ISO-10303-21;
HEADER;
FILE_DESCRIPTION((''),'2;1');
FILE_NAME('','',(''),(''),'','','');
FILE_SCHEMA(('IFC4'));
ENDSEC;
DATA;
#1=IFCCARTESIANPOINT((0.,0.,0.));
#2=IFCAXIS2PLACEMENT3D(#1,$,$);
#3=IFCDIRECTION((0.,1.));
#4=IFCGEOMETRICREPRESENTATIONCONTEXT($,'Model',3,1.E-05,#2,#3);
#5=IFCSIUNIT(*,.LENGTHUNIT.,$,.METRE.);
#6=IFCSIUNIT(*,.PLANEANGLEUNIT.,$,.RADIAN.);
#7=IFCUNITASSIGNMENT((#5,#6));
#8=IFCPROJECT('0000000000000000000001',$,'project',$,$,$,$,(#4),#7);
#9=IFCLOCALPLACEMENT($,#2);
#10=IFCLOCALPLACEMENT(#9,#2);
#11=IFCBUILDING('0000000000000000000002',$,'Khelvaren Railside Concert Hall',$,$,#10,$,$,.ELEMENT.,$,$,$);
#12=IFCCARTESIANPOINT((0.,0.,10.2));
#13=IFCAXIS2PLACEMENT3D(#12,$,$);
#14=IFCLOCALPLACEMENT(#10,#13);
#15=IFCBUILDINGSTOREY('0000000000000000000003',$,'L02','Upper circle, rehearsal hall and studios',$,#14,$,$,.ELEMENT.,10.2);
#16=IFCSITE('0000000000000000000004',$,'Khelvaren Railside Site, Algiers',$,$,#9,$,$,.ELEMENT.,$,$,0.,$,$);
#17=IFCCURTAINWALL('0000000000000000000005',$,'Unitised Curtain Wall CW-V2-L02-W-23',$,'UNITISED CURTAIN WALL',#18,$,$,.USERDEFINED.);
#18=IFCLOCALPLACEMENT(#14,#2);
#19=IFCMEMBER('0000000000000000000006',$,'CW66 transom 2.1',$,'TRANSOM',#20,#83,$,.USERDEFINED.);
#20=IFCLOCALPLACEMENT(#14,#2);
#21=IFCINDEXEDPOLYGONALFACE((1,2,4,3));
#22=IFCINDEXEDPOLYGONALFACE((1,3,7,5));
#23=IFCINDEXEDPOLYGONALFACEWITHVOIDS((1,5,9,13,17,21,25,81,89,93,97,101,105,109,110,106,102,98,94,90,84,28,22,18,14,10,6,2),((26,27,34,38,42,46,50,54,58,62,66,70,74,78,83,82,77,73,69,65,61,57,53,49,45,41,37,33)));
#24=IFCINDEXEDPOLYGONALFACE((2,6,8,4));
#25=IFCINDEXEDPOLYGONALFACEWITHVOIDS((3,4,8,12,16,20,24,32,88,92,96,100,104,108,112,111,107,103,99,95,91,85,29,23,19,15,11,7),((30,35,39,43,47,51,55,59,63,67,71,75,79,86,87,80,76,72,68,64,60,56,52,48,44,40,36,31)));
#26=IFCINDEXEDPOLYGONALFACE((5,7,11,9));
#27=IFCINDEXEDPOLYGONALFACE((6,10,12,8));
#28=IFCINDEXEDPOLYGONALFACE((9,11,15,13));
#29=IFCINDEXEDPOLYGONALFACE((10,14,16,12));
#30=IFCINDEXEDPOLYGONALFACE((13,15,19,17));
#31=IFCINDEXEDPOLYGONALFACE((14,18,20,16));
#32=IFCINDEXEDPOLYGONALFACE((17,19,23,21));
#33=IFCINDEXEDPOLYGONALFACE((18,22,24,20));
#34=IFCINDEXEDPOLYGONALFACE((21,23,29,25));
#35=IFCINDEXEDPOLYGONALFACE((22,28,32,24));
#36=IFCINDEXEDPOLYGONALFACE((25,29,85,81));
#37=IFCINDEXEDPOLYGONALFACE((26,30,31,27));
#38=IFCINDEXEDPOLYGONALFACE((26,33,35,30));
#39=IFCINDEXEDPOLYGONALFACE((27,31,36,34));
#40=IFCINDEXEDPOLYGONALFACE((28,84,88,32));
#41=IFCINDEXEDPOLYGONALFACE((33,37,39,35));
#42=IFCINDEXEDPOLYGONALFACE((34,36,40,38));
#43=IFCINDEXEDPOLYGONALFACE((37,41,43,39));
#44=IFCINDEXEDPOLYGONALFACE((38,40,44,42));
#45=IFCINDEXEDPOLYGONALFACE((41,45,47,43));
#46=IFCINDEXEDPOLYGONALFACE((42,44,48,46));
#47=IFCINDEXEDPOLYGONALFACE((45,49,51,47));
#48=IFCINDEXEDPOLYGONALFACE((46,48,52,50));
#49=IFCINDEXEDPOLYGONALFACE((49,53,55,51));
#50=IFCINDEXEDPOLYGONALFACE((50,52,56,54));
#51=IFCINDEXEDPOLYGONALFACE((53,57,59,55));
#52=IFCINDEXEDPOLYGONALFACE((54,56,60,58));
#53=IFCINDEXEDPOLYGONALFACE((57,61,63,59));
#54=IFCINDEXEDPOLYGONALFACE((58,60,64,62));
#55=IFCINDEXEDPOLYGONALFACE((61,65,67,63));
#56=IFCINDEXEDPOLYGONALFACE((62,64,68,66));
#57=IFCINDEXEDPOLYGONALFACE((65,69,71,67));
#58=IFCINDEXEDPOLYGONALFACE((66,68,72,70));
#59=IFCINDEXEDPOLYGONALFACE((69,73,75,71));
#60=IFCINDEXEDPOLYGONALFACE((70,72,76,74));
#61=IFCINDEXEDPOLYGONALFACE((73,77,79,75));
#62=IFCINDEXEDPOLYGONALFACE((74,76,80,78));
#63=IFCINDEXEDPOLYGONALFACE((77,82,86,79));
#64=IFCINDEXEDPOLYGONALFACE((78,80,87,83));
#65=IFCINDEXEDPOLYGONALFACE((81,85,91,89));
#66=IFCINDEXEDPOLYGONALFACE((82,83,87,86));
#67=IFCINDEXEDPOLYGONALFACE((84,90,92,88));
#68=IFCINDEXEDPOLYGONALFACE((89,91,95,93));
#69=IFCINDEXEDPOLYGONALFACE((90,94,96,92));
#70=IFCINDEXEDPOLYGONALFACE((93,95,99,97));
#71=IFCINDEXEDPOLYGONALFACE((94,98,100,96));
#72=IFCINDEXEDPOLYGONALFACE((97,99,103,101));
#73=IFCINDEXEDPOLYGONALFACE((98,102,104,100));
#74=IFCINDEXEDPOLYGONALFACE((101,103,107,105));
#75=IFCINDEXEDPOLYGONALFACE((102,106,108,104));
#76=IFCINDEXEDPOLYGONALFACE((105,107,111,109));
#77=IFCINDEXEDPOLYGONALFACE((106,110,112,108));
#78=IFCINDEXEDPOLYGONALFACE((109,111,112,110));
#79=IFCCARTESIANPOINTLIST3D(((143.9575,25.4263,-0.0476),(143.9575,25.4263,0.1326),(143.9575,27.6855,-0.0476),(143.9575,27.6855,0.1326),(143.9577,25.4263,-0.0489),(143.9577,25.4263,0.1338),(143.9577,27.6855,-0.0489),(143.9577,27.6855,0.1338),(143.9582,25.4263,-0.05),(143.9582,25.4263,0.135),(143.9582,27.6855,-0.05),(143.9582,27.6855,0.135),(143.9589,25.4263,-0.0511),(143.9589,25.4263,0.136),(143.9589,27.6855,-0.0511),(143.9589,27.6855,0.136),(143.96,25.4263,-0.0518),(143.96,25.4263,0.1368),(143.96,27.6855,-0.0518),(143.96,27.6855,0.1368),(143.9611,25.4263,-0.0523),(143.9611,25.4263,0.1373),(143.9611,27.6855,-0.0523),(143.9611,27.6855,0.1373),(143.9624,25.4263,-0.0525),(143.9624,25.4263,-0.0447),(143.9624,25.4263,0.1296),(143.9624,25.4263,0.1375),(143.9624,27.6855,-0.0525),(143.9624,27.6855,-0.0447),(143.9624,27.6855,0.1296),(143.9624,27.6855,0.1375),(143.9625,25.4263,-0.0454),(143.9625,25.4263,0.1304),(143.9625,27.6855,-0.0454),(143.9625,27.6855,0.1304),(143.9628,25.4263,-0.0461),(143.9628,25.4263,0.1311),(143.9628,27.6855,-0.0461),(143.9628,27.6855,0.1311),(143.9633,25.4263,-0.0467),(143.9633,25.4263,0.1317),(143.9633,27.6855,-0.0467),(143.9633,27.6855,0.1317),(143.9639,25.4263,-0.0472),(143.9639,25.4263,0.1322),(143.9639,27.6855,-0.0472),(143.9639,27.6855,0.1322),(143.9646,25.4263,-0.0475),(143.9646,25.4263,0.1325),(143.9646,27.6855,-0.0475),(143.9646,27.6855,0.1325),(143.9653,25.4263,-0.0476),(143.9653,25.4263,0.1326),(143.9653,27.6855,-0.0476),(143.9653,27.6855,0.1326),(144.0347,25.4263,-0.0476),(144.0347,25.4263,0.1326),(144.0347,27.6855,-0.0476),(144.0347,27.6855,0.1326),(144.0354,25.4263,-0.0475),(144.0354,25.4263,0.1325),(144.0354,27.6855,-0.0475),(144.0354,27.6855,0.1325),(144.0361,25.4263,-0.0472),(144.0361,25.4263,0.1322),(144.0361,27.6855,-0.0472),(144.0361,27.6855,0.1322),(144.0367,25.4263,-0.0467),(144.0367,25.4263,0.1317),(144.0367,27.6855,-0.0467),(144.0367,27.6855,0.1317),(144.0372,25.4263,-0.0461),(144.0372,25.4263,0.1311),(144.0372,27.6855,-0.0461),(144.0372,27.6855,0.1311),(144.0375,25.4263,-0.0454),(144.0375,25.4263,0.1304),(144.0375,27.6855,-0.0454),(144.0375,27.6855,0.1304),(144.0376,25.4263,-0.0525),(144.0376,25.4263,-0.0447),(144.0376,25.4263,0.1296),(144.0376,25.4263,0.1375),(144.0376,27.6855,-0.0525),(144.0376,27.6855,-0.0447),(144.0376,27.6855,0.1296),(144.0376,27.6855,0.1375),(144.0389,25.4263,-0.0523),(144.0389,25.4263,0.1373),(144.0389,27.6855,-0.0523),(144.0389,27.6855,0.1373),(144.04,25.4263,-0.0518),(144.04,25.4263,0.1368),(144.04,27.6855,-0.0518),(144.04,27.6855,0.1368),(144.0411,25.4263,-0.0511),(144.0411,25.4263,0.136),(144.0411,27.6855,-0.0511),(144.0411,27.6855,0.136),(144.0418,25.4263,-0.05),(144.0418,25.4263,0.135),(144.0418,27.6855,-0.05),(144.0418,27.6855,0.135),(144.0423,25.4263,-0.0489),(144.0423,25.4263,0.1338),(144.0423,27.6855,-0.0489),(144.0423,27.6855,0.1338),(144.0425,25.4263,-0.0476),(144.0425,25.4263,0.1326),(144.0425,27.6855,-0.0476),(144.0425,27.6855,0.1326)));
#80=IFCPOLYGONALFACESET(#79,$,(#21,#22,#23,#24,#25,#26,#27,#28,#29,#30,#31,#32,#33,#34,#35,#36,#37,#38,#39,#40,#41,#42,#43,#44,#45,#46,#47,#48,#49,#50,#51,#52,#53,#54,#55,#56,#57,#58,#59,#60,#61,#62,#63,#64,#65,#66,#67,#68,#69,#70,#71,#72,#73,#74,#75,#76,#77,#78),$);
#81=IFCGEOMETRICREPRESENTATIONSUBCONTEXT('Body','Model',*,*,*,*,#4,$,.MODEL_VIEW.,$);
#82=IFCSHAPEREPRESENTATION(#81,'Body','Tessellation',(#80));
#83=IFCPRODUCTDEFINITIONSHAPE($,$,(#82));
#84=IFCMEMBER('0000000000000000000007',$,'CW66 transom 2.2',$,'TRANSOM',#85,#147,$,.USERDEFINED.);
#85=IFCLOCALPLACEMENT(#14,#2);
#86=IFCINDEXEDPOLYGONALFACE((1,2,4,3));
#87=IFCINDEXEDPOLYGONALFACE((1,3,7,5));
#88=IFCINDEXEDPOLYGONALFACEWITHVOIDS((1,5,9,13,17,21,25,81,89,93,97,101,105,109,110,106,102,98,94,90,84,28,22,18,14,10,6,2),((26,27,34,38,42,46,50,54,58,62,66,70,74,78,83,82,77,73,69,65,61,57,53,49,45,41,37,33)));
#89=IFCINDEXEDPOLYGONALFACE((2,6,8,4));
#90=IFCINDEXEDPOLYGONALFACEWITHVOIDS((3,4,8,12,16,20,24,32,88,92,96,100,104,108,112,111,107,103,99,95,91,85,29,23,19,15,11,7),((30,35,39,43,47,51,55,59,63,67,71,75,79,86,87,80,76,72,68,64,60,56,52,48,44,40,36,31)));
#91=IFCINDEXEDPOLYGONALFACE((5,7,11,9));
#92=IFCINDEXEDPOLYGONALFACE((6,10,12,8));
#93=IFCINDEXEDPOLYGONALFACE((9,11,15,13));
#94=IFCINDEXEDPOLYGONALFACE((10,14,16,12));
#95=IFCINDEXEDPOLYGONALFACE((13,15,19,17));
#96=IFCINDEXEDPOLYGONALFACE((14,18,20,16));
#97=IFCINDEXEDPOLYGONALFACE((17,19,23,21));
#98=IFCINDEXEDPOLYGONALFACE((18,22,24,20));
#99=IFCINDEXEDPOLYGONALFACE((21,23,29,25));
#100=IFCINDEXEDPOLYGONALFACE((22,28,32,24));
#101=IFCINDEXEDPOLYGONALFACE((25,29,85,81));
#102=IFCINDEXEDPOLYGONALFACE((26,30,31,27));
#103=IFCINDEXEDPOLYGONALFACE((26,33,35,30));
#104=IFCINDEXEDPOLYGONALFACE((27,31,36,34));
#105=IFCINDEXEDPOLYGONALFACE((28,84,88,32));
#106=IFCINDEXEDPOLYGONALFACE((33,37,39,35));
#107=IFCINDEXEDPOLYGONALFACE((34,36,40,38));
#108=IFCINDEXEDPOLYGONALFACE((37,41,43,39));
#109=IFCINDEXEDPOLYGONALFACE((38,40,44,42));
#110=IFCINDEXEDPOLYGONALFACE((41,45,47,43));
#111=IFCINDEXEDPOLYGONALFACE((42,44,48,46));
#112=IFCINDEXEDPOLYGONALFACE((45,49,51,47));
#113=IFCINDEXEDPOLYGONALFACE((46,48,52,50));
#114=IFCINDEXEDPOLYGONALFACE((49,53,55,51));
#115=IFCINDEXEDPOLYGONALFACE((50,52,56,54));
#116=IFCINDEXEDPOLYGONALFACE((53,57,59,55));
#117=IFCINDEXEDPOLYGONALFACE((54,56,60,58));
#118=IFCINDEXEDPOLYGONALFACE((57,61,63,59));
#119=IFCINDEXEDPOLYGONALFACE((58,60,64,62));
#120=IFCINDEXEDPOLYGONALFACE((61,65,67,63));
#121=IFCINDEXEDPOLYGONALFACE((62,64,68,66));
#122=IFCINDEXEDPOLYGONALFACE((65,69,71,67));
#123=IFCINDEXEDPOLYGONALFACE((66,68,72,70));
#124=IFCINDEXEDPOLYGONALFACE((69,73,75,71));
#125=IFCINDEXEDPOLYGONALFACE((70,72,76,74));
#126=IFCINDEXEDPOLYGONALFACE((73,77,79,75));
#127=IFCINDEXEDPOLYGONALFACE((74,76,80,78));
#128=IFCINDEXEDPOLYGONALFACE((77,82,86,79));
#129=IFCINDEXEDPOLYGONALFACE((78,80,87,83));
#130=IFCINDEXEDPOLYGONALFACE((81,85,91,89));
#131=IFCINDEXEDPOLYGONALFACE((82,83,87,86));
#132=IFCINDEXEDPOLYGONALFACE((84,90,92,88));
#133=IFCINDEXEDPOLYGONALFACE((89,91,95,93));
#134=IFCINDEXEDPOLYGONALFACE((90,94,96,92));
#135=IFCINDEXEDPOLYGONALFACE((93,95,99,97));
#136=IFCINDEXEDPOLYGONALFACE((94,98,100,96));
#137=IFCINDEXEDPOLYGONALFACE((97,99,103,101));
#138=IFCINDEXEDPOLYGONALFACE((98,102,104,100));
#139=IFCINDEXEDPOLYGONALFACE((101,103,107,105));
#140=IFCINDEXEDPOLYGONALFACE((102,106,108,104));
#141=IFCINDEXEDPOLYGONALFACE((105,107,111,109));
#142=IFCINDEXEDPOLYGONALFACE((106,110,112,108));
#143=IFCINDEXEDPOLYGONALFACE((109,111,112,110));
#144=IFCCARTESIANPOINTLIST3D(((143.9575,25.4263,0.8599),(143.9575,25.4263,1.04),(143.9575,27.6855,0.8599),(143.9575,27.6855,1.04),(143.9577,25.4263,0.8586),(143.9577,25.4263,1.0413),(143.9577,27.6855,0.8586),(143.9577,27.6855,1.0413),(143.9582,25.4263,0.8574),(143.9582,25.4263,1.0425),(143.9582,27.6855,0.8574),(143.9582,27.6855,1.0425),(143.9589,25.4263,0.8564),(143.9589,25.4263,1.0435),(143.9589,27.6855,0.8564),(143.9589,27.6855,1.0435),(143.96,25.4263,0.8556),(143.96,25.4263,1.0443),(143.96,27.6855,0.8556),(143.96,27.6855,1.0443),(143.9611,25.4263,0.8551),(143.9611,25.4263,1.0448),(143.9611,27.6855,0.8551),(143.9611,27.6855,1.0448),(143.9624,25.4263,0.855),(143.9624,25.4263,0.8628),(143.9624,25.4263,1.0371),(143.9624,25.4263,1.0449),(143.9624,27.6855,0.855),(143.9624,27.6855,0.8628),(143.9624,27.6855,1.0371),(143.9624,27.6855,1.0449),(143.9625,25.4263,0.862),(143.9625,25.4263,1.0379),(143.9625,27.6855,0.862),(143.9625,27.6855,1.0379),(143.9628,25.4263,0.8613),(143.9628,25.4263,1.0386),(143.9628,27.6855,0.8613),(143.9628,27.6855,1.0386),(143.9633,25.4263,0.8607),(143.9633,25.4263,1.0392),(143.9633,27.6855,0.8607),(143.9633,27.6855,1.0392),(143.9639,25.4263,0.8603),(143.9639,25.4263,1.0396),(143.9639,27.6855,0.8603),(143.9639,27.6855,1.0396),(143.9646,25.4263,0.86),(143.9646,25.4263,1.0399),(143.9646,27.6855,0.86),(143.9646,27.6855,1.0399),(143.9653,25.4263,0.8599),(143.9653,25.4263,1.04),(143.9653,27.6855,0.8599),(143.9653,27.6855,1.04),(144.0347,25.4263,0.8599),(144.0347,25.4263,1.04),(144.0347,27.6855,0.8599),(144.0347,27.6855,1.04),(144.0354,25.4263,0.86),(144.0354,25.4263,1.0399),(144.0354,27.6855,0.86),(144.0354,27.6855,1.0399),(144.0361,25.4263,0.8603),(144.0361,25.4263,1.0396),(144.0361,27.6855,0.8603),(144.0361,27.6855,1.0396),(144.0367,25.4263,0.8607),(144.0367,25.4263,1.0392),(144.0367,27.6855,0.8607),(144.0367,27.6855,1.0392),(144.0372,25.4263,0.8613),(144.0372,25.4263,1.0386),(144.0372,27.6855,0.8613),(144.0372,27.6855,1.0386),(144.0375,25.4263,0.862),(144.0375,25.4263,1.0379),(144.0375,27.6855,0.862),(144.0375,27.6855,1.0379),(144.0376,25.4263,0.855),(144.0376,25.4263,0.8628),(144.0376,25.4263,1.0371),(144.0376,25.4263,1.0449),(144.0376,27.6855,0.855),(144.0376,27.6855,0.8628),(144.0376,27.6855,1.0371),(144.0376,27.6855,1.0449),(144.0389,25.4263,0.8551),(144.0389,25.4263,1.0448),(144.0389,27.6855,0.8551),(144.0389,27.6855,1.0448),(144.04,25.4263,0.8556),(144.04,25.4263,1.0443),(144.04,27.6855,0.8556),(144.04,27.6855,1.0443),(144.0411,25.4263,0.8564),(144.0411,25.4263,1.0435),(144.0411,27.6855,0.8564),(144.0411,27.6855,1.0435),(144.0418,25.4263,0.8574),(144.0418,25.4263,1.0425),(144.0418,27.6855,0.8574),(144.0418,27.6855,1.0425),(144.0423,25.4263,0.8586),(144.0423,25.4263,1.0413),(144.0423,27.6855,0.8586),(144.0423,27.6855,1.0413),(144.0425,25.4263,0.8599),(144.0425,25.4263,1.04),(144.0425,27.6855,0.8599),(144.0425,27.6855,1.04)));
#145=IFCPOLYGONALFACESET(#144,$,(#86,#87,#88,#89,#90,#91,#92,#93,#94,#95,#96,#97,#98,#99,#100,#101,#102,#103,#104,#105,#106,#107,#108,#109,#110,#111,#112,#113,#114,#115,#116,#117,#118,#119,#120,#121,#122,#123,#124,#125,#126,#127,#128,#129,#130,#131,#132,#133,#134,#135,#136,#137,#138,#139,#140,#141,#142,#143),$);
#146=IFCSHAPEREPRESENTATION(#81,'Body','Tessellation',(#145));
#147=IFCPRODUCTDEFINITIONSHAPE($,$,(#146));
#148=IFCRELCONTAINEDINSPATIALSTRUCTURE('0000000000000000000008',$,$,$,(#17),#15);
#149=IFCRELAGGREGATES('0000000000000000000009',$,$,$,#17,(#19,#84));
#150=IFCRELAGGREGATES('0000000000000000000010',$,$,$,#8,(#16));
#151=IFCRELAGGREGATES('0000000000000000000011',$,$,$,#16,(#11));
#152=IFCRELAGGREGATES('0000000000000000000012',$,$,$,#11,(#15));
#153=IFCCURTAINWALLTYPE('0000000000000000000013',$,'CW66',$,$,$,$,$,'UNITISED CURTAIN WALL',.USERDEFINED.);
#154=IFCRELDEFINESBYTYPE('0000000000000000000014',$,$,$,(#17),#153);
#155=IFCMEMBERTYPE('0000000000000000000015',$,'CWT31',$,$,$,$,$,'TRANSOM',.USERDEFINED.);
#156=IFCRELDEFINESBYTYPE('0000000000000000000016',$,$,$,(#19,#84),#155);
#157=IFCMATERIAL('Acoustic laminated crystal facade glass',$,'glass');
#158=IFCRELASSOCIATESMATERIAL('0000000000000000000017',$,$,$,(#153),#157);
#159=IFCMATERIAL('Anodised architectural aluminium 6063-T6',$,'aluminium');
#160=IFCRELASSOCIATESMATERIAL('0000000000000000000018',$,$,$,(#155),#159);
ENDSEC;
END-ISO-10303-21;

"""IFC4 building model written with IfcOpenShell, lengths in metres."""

from ifc_helpers import new_model, si_unit, direction, frame, origin, origin_2d, place, context, subcontext, project, spatial, hollow_rectangle, extrude, material, material_profile, profile_set, type_object, element, aggregate, save


model = new_model("IFC4")

# Units and contexts
model_context = context("Model", 3, precision=1e-05, world=origin(), true_north=direction((0.0, 1.0)))
body_context = subcontext(model_context, "Body", "Model", "MODEL_VIEW")
ifc_project = project(units=[si_unit("LENGTHUNIT", "METRE"), si_unit("PLANEANGLEUNIT", "RADIAN")], contexts=[model_context])

# Site, building, storey
site_placement = place(None, origin())
site = spatial("IfcSite", under=ifc_project, at=site_placement, Name="Khelvaren Railside Site, Algiers", CompositionType="ELEMENT", RefElevation=0.0)
building_placement = place(site_placement, origin())
building = spatial("IfcBuilding", under=site, at=building_placement, Name="Khelvaren Railside Concert Hall", CompositionType="ELEMENT")
storey_placement = place(building_placement, frame((0.0, 0.0, 10.2)))
storey = spatial("IfcBuildingStorey", under=building, at=storey_placement, Name="L02", Description="Upper circle, rehearsal hall and studios", CompositionType="ELEMENT", Elevation=10.2)

# Curtain wall, members
ifc_material_1 = material(Name="Acoustic laminated crystal facade glass", Category="glass")
curtain_wall_type = type_object("IfcCurtainWallType", Name="CW66", ElementType="UNITISED CURTAIN WALL", PredefinedType="USERDEFINED", material=ifc_material_1)
curtain_wall_placement = place(storey_placement, origin())
curtain_wall = element("IfcCurtainWall", 1, at=curtain_wall_placement, inside=storey, type_object=curtain_wall_type, Name="Unitised Curtain Wall CW-V2-L02-W-23", ObjectType="UNITISED CURTAIN WALL", PredefinedType="USERDEFINED")
ifc_material_2 = material(Name="Anodised architectural aluminium 6063-T6", Category="aluminium")
ifc_material_profile_1 = material_profile(ifc_material_2, hollow_rectangle(XDim=0.085, YDim=0.1899, WallThickness=0.0049, InnerFilletRadius=0.0029, OuterFilletRadius=0.0049, at=origin_2d()), Name="CWT 85x190x5")
ifc_profile_set_1 = profile_set([ifc_material_profile_1], Name="Anodised architectural aluminium 6063-T6")
member_type_1 = type_object("IfcMemberType", Name="CWT31", ElementType="TRANSOM", PredefinedType="USERDEFINED", material=ifc_profile_set_1)
member_1_placement = place(storey_placement, frame((144.0, 25.4263, 0.0425), z_axis=(0.0, 1.0, 0.0), x_axis=(-1.0, 0.0, 0.0)))
member_1 = element("IfcMember", 2, at=member_1_placement, type_object=member_type_1, Name="CW66 transom 2.1", ObjectType="TRANSOM", PredefinedType="USERDEFINED", context=body_context, shape_type="SweptSolid", body=[
    extrude(hollow_rectangle(XDim=0.085, YDim=0.1899, WallThickness=0.0049, InnerFilletRadius=0.0029, OuterFilletRadius=0.0049, at=origin_2d()), origin(), (0.0, 0.0, 1.0), 2.2593),
])
member_2_placement = place(storey_placement, frame((144.0, 25.4263, 0.95), z_axis=(0.0, 1.0, 0.0), x_axis=(-1.0, 0.0, 0.0)))
member_2 = element("IfcMember", 3, at=member_2_placement, type_object=member_type_1, Name="CW66 transom 2.2", ObjectType="TRANSOM", PredefinedType="USERDEFINED", context=body_context, shape_type="SweptSolid", body=[
    extrude(hollow_rectangle(XDim=0.085, YDim=0.1899, WallThickness=0.0049, InnerFilletRadius=0.0029, OuterFilletRadius=0.0049, at=origin_2d()), origin(), (0.0, 0.0, 1.0), 2.2593),
])

aggregate(curtain_wall, [member_1, member_2])

save(model, "model.ifc")
